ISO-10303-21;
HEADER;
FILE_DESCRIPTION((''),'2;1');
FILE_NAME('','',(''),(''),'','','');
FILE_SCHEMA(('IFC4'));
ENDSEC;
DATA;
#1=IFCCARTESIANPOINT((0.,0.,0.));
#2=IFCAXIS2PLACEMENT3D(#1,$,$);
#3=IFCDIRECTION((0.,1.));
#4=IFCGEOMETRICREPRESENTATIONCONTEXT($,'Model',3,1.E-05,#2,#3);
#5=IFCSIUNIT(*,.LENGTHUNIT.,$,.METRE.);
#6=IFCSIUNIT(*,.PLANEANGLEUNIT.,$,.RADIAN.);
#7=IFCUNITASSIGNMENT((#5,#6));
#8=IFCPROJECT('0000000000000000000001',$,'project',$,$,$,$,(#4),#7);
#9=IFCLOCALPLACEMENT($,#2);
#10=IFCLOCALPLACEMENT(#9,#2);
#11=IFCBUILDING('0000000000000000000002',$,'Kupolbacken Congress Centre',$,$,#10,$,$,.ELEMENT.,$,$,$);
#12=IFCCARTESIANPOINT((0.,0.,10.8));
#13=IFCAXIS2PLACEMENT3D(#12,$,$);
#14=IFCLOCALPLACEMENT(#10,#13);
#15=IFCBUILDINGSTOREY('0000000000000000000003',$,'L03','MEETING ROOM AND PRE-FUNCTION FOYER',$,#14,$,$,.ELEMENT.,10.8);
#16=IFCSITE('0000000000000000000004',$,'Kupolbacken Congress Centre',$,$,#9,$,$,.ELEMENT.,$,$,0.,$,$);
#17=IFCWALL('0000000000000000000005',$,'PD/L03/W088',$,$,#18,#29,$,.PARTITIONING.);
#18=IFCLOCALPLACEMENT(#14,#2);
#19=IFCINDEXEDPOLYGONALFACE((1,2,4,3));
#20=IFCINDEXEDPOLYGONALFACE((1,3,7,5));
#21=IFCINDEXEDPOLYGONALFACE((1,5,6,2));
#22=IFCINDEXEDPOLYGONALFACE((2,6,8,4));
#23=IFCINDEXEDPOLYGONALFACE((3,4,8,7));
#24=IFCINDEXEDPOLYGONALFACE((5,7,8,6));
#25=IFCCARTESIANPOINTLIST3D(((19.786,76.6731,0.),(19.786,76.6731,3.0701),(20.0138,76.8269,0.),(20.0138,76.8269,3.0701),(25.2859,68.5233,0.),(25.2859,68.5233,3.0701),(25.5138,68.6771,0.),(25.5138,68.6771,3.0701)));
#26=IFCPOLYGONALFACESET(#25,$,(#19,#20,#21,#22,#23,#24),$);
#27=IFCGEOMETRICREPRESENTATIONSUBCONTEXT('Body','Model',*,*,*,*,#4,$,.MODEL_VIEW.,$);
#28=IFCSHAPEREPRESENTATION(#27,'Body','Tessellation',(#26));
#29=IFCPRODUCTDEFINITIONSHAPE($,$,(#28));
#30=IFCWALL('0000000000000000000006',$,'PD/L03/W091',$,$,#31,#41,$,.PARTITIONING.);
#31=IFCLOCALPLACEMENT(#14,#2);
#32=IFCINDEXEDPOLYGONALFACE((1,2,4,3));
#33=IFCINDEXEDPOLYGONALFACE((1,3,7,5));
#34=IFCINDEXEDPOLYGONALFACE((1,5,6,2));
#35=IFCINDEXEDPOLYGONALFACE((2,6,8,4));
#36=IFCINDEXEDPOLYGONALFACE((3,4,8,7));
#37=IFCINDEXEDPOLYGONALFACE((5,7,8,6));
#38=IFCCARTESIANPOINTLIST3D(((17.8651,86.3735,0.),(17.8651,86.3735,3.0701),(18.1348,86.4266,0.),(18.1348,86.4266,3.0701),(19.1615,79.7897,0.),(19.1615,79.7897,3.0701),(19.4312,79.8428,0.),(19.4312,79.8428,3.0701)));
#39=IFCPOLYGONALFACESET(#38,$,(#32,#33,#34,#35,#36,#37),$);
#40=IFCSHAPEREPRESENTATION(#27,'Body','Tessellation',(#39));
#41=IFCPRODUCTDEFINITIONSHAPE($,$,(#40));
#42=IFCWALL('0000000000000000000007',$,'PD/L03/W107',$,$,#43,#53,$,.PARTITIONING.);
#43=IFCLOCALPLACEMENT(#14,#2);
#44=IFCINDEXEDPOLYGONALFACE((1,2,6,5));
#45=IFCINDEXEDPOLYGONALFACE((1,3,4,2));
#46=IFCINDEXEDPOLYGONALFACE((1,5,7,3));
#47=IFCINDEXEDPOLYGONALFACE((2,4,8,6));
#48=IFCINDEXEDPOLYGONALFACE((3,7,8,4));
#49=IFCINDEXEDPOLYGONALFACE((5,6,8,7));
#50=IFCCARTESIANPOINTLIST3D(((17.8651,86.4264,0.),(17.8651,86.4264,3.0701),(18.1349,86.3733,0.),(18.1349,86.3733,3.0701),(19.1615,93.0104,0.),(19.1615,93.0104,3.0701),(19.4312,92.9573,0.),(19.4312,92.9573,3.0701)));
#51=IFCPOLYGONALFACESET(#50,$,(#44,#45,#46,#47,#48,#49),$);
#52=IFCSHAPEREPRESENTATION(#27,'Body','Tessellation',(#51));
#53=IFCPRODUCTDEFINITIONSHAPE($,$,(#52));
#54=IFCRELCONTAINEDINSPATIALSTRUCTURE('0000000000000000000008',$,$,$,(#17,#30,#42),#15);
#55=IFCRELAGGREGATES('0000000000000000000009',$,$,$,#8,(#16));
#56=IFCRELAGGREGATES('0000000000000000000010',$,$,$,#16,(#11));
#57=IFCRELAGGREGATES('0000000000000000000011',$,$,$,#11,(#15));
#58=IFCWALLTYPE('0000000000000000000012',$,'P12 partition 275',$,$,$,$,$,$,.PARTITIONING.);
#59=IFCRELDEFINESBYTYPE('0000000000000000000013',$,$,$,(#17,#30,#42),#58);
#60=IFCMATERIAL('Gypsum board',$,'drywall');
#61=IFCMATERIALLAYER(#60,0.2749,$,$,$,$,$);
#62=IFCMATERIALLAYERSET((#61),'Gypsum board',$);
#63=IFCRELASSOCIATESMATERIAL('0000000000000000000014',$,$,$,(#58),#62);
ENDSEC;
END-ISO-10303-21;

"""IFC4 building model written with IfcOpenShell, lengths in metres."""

from ifc_helpers import new_model, si_unit, direction, frame, frame_2d, origin, place, context, subcontext, project, spatial, rectangle, extrude, material, layer, layer_set, type_object, element, save


model = new_model("IFC4")

# Units and contexts
model_context = context("Model", 3, precision=1e-05, world=origin(), true_north=direction((0.0, 1.0)))
body_context = subcontext(model_context, "Body", "Model", "MODEL_VIEW")
ifc_project = project(units=[si_unit("LENGTHUNIT", "METRE"), si_unit("PLANEANGLEUNIT", "RADIAN")], contexts=[model_context])

# Site, building, storey
site_placement = place(None, origin())
site = spatial("IfcSite", under=ifc_project, at=site_placement, Name="Kupolbacken Congress Centre", CompositionType="ELEMENT", RefElevation=0.0)
building_placement = place(site_placement, origin())
building = spatial("IfcBuilding", under=site, at=building_placement, Name="Kupolbacken Congress Centre", CompositionType="ELEMENT")
storey_placement = place(building_placement, frame((0.0, 0.0, 10.8)))
storey = spatial("IfcBuildingStorey", under=building, at=storey_placement, Name="L03", Description="MEETING ROOM AND PRE-FUNCTION FOYER", CompositionType="ELEMENT", Elevation=10.8)

# Walls
ifc_material_1 = material(Name="Gypsum board", Category="drywall")
ifc_layer_1 = layer(ifc_material_1, 0.2749)
ifc_layer_set_1 = layer_set([ifc_layer_1], Name="Gypsum board")
wall_type_1 = type_object("IfcWallType", Name="P12 partition 275", PredefinedType="PARTITIONING", material=ifc_layer_set_1)
wall_1_placement = place(storey_placement, frame((19.8999, 76.75, 0.0), z_axis=(0.0, 0.0, 1.0), x_axis=(0.55939, -0.828905, 0.0)))
element("IfcWall", 1, at=wall_1_placement, inside=storey, type_object=wall_type_1, Name="PD/L03/W088", PredefinedType="PARTITIONING", context=body_context, shape_type="SweptSolid", body=[
    extrude(rectangle(XDim=9.832, YDim=0.2749, at=frame_2d((4.916, 0.0))), origin(), (0.0, 0.0, 1.0), 3.0701),
])
wall_2_placement = place(storey_placement, frame((18.0, 86.3999, 0.0), z_axis=(0.0, 0.0, 1.0), x_axis=(0.193198, -0.98116, 0.0)))
element("IfcWall", 2, at=wall_2_placement, inside=storey, type_object=wall_type_1, Name="PD/L03/W091", PredefinedType="PARTITIONING", context=body_context, shape_type="SweptSolid", body=[
    extrude(rectangle(XDim=6.7102, YDim=0.2749, at=frame_2d((3.355, 0.0))), origin(), (0.0, 0.0, 1.0), 3.0701),
])
wall_3_placement = place(storey_placement, frame((19.2964, 92.9839, 0.0), z_axis=(0.0, 0.0, 1.0), x_axis=(-0.193191, -0.981161, 0.0)))
element("IfcWall", 3, at=wall_3_placement, inside=storey, type_object=wall_type_1, Name="PD/L03/W107", PredefinedType="PARTITIONING", context=body_context, shape_type="SweptSolid", body=[
    extrude(rectangle(XDim=6.7104, YDim=0.2749, at=frame_2d((3.3552, 0.0))), origin(), (0.0, 0.0, 1.0), 3.0701),
])

save(model, "model.ifc")
